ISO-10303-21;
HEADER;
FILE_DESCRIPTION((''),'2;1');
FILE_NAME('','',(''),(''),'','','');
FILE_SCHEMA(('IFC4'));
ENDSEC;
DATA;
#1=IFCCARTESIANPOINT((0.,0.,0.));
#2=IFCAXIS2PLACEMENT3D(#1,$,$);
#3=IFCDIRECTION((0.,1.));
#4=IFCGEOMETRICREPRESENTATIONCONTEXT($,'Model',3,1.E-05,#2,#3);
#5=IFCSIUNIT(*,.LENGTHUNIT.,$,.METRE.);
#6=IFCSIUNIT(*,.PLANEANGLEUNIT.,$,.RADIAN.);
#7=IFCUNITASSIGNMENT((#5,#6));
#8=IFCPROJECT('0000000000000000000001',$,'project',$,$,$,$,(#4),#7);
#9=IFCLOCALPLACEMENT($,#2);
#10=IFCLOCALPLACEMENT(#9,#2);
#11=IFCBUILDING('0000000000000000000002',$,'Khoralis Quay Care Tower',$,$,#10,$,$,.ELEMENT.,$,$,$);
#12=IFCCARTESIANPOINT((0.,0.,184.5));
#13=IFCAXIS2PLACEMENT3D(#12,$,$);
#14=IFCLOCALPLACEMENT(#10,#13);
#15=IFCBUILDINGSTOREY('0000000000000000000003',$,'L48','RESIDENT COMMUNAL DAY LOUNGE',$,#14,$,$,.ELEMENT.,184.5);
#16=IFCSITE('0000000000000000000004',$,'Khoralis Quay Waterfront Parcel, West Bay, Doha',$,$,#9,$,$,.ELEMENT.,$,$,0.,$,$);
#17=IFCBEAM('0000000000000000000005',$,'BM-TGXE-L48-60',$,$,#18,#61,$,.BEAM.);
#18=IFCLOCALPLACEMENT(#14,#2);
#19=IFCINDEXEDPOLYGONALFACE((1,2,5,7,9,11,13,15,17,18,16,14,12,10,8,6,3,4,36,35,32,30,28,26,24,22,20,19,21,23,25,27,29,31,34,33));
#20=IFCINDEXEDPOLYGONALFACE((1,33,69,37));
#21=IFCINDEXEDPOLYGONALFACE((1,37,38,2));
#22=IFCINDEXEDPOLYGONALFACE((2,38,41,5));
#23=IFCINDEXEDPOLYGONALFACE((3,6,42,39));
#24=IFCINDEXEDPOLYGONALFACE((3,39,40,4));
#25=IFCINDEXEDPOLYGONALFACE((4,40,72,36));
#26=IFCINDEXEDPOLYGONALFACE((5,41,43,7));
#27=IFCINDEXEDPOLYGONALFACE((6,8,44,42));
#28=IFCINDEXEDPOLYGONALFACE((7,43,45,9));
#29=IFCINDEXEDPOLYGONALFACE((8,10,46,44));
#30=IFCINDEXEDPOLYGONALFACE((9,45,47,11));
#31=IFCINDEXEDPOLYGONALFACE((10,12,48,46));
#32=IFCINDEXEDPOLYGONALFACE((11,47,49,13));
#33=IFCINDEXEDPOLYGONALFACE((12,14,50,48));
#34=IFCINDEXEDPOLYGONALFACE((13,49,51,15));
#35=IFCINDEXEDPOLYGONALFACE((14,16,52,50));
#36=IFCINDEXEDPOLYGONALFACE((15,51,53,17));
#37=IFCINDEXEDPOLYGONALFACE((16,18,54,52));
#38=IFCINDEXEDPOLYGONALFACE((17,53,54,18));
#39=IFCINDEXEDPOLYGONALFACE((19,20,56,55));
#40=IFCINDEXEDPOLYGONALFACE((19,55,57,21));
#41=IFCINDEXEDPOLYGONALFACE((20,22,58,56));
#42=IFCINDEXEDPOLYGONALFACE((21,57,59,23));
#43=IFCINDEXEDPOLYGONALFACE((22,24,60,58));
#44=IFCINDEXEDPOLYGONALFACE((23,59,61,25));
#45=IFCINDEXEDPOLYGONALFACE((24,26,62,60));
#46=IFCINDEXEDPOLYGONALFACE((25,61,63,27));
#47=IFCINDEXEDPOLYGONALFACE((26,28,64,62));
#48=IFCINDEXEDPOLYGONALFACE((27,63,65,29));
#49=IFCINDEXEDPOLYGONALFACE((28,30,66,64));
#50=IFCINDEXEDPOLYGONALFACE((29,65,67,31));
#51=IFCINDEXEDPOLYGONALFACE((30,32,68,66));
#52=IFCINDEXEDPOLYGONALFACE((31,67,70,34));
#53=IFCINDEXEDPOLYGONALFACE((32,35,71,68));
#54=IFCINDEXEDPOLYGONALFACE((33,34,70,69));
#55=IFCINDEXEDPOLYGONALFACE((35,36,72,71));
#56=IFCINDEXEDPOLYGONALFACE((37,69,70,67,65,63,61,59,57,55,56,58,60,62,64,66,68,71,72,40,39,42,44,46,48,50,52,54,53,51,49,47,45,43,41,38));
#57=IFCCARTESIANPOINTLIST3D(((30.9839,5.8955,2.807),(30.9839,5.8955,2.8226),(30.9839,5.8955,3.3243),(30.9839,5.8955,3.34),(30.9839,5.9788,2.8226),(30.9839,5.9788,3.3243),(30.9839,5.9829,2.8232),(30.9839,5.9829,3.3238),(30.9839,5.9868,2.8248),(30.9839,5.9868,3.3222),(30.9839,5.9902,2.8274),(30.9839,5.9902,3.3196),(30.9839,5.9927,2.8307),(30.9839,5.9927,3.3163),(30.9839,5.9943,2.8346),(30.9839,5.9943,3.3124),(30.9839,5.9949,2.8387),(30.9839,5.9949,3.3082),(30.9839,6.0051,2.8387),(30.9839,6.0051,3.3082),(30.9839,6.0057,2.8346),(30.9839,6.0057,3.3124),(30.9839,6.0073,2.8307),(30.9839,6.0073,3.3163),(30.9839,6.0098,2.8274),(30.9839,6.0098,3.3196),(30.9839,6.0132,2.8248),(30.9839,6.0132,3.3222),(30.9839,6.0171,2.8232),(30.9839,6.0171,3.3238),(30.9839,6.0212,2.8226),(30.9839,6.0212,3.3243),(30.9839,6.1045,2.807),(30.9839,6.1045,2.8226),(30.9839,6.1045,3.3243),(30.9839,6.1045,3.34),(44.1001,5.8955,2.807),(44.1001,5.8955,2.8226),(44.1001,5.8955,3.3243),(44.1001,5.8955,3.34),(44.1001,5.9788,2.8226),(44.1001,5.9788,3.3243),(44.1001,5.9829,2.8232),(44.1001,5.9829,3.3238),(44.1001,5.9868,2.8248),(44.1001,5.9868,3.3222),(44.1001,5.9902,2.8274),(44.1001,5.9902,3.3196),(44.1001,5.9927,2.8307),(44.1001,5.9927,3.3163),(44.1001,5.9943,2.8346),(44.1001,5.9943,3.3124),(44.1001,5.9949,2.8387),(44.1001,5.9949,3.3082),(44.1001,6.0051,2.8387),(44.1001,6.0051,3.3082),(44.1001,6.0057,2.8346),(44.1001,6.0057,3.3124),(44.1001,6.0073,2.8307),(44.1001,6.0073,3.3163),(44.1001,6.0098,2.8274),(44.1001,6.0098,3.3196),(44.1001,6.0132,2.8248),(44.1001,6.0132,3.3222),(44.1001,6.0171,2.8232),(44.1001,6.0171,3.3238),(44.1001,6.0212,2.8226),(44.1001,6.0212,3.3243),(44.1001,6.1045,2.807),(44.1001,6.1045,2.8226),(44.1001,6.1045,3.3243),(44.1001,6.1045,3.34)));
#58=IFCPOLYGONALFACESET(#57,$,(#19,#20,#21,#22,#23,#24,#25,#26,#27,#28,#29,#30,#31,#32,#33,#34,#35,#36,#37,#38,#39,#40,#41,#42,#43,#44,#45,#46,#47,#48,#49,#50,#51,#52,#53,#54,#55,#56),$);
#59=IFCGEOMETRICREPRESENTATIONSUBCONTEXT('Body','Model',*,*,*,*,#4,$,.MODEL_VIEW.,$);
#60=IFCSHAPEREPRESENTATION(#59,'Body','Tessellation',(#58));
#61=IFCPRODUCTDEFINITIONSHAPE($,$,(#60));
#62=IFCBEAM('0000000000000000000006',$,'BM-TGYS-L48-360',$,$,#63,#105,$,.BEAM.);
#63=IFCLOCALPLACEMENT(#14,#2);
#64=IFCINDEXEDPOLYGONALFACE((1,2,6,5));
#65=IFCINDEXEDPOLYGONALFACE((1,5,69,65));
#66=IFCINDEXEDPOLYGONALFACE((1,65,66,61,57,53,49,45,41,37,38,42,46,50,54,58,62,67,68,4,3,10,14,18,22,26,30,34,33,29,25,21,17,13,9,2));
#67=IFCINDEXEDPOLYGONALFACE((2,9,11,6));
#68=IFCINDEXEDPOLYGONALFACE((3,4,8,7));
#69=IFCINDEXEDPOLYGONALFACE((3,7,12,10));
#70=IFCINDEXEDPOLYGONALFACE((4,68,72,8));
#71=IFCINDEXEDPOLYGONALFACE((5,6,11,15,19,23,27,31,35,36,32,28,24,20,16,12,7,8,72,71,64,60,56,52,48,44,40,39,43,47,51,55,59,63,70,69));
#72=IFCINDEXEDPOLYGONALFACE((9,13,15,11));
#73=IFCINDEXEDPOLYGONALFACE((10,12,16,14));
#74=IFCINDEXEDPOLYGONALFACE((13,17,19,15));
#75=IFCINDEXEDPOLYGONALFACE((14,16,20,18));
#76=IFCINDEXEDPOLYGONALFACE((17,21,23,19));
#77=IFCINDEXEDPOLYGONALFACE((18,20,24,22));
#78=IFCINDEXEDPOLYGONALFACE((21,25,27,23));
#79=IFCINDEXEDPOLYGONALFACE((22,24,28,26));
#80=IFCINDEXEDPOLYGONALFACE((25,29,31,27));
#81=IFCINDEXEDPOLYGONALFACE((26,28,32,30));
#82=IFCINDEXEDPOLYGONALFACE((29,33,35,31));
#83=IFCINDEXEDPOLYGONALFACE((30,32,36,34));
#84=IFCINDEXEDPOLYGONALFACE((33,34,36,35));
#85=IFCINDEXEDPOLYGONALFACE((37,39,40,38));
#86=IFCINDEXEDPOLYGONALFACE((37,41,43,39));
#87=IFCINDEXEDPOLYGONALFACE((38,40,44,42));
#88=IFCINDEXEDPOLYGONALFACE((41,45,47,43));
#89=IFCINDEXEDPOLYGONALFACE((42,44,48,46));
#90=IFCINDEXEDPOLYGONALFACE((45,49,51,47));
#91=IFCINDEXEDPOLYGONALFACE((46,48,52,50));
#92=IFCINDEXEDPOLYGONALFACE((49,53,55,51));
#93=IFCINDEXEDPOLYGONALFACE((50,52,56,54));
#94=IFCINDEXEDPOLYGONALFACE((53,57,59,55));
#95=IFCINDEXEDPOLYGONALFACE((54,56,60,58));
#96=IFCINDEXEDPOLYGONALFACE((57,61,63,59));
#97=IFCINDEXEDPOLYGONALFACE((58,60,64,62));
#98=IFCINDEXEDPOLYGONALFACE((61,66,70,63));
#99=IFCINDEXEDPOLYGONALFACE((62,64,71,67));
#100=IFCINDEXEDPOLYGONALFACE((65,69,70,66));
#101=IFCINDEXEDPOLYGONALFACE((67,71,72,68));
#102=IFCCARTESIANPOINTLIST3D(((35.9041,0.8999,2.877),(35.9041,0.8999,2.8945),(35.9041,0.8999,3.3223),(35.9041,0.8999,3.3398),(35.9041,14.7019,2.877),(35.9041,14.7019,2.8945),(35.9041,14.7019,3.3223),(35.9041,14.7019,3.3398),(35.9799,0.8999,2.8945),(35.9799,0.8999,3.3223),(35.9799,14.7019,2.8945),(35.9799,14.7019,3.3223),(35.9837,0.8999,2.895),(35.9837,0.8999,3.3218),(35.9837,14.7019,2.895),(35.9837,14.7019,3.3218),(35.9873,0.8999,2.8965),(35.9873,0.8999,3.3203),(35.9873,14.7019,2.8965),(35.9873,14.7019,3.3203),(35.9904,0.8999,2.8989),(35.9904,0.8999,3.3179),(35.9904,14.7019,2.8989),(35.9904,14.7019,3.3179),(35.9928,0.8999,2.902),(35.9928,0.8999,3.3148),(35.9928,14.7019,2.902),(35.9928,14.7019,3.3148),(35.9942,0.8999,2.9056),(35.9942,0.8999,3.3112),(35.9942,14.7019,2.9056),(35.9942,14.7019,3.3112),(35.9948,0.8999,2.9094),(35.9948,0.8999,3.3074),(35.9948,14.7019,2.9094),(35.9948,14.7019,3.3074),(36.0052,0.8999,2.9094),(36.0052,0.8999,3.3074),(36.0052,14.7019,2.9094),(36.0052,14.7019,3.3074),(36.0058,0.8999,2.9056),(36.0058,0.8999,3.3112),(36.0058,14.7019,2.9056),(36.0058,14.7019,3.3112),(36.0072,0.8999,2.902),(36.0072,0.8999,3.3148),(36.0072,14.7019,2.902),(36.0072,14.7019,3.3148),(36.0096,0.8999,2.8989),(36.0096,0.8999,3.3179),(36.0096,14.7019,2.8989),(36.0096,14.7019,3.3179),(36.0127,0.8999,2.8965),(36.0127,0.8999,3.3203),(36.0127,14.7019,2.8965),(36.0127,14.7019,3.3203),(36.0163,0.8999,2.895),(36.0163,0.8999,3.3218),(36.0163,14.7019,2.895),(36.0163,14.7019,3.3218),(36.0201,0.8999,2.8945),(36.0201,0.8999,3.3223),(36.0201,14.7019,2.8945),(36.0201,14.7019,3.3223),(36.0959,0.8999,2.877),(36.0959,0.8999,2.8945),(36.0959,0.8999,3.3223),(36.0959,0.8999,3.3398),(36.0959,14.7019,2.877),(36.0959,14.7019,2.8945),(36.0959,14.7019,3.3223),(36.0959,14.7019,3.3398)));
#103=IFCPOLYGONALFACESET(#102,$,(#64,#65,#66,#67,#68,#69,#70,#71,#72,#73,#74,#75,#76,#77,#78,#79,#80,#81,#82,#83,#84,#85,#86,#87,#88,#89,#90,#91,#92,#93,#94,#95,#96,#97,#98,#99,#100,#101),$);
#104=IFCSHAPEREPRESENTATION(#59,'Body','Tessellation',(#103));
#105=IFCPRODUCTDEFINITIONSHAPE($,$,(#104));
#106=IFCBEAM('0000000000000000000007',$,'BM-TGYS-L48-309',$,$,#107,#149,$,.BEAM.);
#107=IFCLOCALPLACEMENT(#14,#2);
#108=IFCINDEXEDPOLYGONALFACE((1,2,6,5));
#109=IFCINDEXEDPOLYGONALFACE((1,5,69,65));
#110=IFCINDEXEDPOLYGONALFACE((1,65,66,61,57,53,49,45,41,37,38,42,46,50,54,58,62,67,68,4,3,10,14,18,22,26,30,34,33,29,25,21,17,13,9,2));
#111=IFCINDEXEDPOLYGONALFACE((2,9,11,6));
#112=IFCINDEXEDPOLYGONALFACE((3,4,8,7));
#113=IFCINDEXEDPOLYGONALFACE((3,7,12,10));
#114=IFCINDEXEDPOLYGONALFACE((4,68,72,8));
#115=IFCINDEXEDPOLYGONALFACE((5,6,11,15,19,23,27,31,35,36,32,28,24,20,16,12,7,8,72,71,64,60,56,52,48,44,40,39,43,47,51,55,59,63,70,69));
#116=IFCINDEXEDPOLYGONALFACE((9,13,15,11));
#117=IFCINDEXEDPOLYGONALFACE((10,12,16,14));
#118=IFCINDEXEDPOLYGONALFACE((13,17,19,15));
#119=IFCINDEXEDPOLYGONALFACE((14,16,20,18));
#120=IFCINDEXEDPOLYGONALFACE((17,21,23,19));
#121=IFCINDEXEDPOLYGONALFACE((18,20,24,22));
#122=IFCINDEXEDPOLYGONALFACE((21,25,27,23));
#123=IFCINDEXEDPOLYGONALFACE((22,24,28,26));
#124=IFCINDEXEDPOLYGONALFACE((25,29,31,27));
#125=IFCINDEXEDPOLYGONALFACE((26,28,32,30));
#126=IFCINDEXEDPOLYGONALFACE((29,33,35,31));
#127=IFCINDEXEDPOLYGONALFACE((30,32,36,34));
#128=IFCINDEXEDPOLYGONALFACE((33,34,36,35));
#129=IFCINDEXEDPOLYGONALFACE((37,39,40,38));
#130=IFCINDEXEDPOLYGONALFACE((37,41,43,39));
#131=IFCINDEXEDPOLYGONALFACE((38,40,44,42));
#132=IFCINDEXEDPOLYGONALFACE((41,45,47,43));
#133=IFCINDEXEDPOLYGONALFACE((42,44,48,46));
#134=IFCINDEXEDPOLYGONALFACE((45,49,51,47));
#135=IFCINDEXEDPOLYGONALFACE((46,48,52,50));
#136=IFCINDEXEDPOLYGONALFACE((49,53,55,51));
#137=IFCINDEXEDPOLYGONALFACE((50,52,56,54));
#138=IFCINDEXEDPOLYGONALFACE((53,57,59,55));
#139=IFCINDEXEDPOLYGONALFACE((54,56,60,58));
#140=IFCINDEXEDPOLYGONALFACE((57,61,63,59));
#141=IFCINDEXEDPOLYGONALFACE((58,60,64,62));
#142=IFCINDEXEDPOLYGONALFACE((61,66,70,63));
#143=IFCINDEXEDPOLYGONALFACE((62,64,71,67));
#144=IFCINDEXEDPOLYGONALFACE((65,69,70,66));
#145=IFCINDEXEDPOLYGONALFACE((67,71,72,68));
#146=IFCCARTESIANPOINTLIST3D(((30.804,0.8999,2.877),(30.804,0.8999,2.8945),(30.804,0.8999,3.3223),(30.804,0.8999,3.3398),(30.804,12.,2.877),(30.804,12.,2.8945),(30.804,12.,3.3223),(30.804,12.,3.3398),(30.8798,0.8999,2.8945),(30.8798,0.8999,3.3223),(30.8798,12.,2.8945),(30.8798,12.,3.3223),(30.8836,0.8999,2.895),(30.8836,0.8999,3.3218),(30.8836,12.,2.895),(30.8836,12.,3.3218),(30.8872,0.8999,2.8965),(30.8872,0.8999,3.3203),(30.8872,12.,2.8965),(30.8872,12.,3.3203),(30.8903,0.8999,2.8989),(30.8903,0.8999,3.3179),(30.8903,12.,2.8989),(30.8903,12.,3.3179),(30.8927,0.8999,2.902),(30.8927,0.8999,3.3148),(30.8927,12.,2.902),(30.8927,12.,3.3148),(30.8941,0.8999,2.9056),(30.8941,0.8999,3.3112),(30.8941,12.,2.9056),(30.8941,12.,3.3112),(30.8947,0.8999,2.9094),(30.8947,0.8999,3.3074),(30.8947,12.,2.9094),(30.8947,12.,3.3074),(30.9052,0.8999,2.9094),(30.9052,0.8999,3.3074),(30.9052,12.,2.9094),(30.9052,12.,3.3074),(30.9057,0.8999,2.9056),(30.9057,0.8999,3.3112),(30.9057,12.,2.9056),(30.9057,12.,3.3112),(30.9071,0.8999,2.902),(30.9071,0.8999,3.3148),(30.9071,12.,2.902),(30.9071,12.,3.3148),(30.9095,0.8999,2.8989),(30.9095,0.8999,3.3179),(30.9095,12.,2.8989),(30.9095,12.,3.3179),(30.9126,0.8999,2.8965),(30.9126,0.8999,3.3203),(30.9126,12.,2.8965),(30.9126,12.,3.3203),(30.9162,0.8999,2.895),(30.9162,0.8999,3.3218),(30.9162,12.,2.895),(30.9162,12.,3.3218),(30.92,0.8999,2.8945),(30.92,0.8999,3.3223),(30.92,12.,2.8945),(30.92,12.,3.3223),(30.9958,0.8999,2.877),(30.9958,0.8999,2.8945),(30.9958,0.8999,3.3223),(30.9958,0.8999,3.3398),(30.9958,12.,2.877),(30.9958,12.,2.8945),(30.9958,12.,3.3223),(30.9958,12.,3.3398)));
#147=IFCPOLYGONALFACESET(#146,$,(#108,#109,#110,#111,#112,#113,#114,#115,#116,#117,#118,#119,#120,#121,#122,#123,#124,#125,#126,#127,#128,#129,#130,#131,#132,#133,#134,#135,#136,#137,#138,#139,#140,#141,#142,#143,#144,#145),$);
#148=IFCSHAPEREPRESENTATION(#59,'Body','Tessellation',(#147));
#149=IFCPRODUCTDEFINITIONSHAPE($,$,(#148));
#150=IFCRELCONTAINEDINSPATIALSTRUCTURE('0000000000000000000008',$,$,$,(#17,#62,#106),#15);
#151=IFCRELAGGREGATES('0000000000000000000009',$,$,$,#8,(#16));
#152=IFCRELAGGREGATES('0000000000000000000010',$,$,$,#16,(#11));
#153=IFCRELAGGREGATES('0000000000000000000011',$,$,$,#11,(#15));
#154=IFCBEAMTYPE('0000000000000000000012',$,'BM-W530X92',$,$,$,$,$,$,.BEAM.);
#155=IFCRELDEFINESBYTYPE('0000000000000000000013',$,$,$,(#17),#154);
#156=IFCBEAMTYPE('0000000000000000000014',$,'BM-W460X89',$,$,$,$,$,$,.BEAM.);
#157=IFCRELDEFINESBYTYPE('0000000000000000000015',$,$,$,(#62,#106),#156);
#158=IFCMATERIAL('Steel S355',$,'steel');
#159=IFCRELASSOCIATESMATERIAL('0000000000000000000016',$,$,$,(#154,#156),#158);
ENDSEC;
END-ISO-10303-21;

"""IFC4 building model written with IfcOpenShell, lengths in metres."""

from ifc_helpers import new_model, si_unit, direction, frame, origin, origin_2d, place, context, subcontext, project, spatial, i_section, extrude, source, transform, mapped, material, material_profile, profile_set, type_object, element, save


model = new_model("IFC4")

# Units and contexts
model_context = context("Model", 3, precision=1e-05, world=origin(), true_north=direction((0.0, 1.0)))
body_context = subcontext(model_context, "Body", "Model", "MODEL_VIEW")
ifc_project = project(units=[si_unit("LENGTHUNIT", "METRE"), si_unit("PLANEANGLEUNIT", "RADIAN")], contexts=[model_context])

# Site, building, storey
site_placement = place(None, origin())
site = spatial("IfcSite", under=ifc_project, at=site_placement, Name="Khoralis Quay Waterfront Parcel, West Bay, Doha", CompositionType="ELEMENT", RefElevation=0.0)
building_placement = place(site_placement, origin())
building = spatial("IfcBuilding", under=site, at=building_placement, Name="Khoralis Quay Care Tower", CompositionType="ELEMENT")
storey_placement = place(building_placement, frame((0.0, 0.0, 184.5)))
storey = spatial("IfcBuildingStorey", under=building, at=storey_placement, Name="L48", Description="RESIDENT COMMUNAL DAY LOUNGE", CompositionType="ELEMENT", Elevation=184.5)

# Beams
ifc_material_1 = material(Name="Steel S355", Category="steel")
ifc_material_profile_1 = material_profile(ifc_material_1, i_section(OverallWidth=0.209, OverallDepth=0.533, WebThickness=0.0103, FlangeThickness=0.0156, FilletRadius=0.0161, at=origin_2d()), Name="Steel S355")
ifc_profile_set_1 = profile_set([ifc_material_profile_1], Name="Steel S355")
beam_type_1 = type_object("IfcBeamType", Name="BM-W530X92", PredefinedType="BEAM", material=ifc_profile_set_1)
shared_shape_1 = source(origin(), body_context, "Body", "SweptSolid", [
    extrude(i_section(OverallWidth=0.209, OverallDepth=0.533, WebThickness=0.0103, FlangeThickness=0.0156, FilletRadius=0.0161, at=origin_2d()), origin(), (0.0, 0.0, 1.0), 13.1162),
])
beam_1_placement = place(storey_placement, frame((30.9839, 6.0, 3.0735), z_axis=(1.0, 0.0, 0.0), x_axis=(0.0, 1.0, 0.0)))
element("IfcBeam", 1, at=beam_1_placement, inside=storey, type_object=beam_type_1, Name="BM-TGXE-L48-60", PredefinedType="BEAM", context=body_context, shape_type="MappedRepresentation", body=[
    mapped(shared_shape_1, transform((0.0, 0.0, 0.0), scale=1.0)),
])
ifc_material_profile_2 = material_profile(ifc_material_1, i_section(OverallWidth=0.1919, OverallDepth=0.4629, WebThickness=0.0105, FlangeThickness=0.0176, FilletRadius=0.0149, at=origin_2d()), Name="Steel S355")
ifc_profile_set_2 = profile_set([ifc_material_profile_2], Name="Steel S355")
beam_type_2 = type_object("IfcBeamType", Name="BM-W460X89", PredefinedType="BEAM", material=ifc_profile_set_2)
shared_shape_2 = source(origin(), body_context, "Body", "SweptSolid", [
    extrude(i_section(OverallWidth=0.1919, OverallDepth=0.4629, WebThickness=0.0105, FlangeThickness=0.0176, FilletRadius=0.0149, at=origin_2d()), origin(), (0.0, 0.0, 1.0), 13.802),
])
beam_2_placement = place(storey_placement, frame((36.0, 0.8999, 3.1084), z_axis=(0.0, 1.0, 0.0), x_axis=(-1.0, 0.0, 0.0)))
element("IfcBeam", 2, at=beam_2_placement, inside=storey, type_object=beam_type_2, Name="BM-TGYS-L48-360", PredefinedType="BEAM", context=body_context, shape_type="MappedRepresentation", body=[
    mapped(shared_shape_2, transform((0.0, 0.0, 0.0), scale=1.0)),
])
shared_shape_3 = source(origin(), body_context, "Body", "SweptSolid", [
    extrude(i_section(OverallWidth=0.1919, OverallDepth=0.4629, WebThickness=0.0105, FlangeThickness=0.0176, FilletRadius=0.0149, at=origin_2d()), origin(), (0.0, 0.0, 1.0), 11.1001),
])
beam_3_placement = place(storey_placement, frame((30.8999, 0.8999, 3.1084), z_axis=(0.0, 1.0, 0.0), x_axis=(-1.0, 0.0, 0.0)))
element("IfcBeam", 3, at=beam_3_placement, inside=storey, type_object=beam_type_2, Name="BM-TGYS-L48-309", PredefinedType="BEAM", context=body_context, shape_type="MappedRepresentation", body=[
    mapped(shared_shape_3, transform((0.0, 0.0, 0.0), scale=1.0)),
])

save(model, "model.ifc")
